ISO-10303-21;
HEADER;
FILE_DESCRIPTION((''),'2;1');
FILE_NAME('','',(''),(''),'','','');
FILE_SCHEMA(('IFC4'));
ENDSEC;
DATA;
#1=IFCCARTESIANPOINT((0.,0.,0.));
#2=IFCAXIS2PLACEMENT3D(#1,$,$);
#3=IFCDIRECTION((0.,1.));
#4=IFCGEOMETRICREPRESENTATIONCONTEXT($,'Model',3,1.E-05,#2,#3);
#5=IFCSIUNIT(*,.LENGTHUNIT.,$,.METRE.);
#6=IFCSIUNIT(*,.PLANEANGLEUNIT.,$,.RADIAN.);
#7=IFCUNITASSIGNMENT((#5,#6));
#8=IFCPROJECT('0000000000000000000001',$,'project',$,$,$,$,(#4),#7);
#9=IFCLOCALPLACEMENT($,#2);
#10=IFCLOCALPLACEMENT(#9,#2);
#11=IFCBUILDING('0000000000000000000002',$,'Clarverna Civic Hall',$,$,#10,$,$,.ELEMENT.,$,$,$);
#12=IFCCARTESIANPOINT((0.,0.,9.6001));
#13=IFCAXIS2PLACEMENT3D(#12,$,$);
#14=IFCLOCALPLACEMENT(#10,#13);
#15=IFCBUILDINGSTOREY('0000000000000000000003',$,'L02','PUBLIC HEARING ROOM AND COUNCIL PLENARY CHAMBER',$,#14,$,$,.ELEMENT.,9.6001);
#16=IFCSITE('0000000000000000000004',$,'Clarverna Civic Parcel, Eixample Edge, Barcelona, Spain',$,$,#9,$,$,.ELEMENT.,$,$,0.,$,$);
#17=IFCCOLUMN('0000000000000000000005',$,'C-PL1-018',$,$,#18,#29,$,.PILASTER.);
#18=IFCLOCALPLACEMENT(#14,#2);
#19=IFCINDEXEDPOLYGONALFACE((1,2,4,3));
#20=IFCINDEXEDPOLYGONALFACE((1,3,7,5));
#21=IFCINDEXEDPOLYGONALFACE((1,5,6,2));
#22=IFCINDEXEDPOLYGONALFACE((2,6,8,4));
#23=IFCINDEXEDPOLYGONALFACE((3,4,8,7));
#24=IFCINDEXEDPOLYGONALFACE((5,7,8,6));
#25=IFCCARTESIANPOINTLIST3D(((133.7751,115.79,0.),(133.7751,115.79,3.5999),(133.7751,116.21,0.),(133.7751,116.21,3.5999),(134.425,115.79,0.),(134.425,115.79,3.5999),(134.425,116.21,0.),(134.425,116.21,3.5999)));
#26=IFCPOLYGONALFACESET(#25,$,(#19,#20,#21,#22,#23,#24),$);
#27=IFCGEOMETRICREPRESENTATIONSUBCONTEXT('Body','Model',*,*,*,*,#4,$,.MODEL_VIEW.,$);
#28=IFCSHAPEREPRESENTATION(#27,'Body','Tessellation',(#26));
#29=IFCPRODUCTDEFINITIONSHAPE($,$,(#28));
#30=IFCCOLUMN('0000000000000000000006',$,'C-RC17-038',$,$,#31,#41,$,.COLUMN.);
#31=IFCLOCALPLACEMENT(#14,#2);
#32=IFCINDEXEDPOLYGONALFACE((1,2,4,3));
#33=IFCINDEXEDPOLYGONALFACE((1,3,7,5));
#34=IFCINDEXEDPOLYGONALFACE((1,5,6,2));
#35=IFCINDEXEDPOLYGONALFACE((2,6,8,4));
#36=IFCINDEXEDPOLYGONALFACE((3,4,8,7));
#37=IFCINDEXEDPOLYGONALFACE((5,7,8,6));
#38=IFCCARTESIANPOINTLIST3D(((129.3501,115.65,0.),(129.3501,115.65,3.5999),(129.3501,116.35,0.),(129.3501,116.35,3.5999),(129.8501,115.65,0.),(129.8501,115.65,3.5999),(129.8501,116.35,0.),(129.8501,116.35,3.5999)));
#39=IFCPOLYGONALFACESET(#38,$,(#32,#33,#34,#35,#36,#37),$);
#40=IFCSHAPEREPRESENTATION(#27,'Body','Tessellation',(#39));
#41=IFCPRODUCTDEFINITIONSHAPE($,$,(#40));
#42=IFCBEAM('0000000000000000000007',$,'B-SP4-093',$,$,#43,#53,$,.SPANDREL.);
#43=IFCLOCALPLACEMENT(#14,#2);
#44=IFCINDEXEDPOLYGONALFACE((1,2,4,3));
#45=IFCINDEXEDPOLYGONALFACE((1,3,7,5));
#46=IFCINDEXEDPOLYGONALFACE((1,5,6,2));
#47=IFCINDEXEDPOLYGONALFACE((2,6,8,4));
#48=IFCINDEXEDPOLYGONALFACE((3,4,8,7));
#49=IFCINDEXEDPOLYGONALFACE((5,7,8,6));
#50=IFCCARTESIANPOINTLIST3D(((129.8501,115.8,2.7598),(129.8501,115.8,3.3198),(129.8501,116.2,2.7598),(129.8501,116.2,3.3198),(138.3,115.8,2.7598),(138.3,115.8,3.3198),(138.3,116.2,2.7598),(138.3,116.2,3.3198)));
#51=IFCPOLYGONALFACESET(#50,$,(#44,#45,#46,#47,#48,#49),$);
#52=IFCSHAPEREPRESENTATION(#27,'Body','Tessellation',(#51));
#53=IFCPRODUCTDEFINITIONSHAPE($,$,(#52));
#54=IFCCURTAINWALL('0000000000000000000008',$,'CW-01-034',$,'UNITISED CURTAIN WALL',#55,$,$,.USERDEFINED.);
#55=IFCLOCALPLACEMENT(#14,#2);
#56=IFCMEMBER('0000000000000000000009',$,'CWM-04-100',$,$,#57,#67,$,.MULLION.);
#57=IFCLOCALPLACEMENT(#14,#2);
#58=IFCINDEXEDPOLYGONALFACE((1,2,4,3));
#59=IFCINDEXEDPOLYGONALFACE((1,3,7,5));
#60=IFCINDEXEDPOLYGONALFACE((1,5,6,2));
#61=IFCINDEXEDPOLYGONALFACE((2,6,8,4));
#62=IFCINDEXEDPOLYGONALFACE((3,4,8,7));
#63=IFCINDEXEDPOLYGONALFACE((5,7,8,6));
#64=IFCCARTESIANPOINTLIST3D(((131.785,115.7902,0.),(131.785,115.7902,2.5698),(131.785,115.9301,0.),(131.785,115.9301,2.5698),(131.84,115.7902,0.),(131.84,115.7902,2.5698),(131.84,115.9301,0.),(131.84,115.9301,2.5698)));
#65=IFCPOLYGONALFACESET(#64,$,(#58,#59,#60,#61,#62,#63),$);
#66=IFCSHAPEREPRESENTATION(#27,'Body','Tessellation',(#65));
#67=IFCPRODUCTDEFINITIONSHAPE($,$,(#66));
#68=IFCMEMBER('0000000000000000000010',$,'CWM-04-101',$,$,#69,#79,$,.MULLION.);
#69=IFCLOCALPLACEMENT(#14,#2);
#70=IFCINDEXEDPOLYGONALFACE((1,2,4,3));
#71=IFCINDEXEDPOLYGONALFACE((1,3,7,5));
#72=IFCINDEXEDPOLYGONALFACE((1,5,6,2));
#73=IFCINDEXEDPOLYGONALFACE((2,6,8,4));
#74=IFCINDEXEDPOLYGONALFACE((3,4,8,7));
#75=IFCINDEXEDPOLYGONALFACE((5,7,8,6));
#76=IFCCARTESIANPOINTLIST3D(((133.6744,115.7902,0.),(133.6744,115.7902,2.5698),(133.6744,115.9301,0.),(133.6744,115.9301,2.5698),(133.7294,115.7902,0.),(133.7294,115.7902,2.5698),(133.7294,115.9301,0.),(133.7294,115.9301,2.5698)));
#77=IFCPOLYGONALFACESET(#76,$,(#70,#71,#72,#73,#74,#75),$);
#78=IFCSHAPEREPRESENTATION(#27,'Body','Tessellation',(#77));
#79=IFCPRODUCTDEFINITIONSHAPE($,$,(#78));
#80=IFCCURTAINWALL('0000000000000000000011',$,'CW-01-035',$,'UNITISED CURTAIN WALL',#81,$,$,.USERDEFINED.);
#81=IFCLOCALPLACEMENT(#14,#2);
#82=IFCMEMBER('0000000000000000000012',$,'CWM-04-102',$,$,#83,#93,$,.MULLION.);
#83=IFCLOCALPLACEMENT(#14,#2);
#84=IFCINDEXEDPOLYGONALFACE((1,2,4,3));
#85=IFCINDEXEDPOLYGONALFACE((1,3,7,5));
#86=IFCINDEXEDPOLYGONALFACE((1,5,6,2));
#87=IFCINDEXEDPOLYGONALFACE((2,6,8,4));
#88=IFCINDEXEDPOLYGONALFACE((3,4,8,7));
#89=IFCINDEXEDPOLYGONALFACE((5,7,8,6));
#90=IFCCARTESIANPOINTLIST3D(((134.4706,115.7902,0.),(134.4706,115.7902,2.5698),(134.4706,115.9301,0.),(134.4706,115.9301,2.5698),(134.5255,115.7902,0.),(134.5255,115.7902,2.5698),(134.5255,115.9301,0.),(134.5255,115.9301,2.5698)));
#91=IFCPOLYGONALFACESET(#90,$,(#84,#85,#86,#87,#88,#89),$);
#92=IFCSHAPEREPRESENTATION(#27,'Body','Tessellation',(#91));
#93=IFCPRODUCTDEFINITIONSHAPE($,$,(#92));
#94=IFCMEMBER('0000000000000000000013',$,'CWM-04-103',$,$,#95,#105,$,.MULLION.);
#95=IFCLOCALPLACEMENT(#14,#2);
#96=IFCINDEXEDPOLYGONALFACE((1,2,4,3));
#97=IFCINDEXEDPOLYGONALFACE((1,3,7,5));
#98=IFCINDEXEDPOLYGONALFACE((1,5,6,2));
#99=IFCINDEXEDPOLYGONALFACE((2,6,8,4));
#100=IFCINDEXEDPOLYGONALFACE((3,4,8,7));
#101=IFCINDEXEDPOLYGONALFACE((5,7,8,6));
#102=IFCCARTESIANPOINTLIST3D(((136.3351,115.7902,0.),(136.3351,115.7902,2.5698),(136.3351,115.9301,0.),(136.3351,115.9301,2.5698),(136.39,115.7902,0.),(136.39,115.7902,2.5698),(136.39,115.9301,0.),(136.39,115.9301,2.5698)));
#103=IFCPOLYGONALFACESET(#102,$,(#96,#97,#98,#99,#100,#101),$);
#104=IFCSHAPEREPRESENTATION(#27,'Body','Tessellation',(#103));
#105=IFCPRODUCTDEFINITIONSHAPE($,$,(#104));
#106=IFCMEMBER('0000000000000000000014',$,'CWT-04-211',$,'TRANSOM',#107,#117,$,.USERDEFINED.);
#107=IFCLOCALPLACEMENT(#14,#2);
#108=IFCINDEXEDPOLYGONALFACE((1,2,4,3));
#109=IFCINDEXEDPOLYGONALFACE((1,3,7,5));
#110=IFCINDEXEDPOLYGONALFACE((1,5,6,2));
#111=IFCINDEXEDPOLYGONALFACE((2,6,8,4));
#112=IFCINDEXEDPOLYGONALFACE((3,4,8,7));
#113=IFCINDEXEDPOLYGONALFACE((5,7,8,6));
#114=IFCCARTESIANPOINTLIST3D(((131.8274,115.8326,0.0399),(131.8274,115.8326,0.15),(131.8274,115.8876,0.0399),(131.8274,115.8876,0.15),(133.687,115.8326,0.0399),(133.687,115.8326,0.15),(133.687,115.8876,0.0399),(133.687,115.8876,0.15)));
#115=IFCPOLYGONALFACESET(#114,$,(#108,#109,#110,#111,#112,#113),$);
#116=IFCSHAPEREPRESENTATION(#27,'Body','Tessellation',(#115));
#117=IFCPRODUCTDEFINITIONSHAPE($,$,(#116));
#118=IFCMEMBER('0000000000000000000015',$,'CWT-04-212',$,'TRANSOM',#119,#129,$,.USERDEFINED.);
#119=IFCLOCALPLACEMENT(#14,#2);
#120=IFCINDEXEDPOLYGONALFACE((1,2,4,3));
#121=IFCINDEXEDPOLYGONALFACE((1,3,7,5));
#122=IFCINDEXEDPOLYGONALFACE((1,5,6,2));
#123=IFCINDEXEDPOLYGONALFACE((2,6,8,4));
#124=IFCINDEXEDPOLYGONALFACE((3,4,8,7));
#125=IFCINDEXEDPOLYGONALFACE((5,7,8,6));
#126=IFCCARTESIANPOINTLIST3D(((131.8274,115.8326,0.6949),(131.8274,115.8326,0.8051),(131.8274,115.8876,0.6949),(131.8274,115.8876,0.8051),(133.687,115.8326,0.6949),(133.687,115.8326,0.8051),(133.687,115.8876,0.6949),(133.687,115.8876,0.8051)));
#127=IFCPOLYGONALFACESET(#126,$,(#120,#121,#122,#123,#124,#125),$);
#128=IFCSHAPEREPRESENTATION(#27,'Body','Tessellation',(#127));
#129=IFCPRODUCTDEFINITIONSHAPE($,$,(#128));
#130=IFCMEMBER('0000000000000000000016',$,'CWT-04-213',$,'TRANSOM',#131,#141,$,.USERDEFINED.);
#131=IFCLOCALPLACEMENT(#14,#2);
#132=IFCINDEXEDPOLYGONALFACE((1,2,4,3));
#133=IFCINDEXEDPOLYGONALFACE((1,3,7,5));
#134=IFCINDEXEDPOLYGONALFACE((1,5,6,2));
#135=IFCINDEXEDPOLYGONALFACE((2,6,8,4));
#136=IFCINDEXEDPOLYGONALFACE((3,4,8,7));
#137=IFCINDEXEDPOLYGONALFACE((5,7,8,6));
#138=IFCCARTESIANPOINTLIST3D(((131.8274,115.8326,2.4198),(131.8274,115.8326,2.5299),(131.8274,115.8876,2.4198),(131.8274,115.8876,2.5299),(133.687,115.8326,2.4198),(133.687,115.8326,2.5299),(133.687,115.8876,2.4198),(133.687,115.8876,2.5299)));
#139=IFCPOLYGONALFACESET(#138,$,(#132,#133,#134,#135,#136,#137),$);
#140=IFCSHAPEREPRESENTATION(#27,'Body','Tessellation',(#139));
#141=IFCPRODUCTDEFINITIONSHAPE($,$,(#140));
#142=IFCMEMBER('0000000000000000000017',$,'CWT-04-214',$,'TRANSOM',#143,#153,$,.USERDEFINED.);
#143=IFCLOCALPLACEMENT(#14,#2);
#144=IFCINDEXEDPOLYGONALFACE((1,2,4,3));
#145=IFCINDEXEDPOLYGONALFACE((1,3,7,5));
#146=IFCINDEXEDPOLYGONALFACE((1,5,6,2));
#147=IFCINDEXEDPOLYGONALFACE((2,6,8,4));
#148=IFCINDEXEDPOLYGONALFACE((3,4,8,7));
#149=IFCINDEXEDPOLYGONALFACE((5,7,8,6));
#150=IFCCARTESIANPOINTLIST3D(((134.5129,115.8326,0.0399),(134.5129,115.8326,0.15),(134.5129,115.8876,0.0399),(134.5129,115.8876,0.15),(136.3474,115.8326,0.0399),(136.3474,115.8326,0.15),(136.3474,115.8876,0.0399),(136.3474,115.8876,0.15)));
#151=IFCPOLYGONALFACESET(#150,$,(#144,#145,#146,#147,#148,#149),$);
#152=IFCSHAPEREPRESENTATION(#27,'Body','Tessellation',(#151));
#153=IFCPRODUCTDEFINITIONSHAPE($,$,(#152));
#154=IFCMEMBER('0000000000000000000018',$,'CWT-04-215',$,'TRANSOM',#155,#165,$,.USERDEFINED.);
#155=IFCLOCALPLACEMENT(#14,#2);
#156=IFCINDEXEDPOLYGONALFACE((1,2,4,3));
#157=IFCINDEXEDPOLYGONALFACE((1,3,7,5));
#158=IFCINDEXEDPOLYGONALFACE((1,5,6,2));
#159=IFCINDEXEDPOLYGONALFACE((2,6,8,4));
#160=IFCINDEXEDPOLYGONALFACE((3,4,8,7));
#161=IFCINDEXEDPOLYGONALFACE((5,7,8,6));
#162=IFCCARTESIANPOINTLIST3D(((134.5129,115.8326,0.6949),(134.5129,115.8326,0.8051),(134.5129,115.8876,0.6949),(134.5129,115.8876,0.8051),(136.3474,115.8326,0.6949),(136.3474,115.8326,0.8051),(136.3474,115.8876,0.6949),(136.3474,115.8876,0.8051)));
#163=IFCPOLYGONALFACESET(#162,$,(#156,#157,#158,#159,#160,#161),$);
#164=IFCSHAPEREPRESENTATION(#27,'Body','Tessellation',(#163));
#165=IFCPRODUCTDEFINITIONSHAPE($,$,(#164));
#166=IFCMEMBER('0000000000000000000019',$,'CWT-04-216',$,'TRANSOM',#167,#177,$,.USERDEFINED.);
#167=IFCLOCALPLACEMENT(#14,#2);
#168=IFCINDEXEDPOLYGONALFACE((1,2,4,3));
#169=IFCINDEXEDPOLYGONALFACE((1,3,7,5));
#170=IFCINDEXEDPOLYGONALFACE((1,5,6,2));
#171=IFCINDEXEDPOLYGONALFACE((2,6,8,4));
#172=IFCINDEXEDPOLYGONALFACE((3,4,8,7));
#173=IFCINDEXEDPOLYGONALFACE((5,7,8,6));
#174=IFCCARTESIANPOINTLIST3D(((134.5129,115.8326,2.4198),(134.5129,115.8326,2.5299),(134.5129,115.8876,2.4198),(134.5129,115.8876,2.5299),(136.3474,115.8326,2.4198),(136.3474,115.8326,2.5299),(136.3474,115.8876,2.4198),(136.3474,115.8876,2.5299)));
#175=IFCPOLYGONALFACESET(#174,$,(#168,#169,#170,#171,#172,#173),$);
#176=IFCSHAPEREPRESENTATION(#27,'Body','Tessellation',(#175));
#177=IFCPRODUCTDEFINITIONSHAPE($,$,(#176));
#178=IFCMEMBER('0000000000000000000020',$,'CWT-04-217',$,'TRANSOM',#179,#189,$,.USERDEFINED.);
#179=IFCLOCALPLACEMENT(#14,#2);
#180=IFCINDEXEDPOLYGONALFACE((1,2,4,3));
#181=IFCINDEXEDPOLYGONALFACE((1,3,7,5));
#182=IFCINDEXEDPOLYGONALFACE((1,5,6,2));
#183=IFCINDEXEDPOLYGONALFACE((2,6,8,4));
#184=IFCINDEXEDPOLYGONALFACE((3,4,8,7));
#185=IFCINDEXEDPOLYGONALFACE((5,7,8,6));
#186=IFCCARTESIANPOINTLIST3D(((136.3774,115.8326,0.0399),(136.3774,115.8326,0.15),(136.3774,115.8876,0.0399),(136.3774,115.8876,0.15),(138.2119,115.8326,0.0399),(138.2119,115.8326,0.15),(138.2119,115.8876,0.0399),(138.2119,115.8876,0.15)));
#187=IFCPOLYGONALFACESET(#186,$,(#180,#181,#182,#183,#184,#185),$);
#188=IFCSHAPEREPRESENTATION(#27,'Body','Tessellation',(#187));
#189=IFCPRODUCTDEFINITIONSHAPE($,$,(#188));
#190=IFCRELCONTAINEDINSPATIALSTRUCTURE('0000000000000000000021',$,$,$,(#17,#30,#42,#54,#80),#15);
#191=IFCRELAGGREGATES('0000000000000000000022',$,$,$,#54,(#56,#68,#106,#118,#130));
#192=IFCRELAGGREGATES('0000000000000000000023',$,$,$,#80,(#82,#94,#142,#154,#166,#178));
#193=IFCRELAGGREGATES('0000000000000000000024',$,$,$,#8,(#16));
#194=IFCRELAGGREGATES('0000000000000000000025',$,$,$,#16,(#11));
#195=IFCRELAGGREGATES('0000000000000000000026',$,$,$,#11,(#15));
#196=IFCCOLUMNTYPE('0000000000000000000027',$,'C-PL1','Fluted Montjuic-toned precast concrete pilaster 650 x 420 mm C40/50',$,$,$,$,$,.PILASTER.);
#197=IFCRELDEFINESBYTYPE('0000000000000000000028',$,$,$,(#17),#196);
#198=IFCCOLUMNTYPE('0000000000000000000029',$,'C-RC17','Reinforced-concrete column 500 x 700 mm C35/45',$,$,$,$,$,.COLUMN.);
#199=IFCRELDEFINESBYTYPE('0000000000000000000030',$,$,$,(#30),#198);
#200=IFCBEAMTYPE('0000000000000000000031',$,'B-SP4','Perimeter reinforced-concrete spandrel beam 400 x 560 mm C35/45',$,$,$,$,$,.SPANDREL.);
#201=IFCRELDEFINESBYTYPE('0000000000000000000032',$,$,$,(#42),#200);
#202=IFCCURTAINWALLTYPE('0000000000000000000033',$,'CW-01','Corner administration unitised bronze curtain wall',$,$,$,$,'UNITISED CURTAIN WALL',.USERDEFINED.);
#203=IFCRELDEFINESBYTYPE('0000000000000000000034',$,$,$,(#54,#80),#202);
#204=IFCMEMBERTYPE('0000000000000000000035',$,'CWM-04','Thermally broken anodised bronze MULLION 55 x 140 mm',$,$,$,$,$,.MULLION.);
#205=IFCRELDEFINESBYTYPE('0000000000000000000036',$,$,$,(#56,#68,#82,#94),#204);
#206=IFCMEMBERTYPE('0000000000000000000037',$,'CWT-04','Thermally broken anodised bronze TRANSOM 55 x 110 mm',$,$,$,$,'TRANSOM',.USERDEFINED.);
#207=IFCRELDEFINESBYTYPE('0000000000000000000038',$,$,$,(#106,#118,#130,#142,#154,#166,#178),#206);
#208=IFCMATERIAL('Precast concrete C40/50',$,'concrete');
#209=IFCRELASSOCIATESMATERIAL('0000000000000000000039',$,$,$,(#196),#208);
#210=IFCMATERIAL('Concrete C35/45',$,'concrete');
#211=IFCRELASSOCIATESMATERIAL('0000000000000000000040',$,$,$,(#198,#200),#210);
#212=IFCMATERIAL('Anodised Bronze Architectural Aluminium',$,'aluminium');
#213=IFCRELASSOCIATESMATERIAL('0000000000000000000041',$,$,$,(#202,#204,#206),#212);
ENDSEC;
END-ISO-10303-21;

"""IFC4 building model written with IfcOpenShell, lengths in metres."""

from ifc_helpers import new_model, si_unit, direction, frame, origin, origin_2d, place, context, subcontext, project, spatial, rectangle, extrude, material, material_profile, profile_set, type_object, element, aggregate, save


model = new_model("IFC4")

# Units and contexts
model_context = context("Model", 3, precision=1e-05, world=origin(), true_north=direction((0.0, 1.0)))
body_context = subcontext(model_context, "Body", "Model", "MODEL_VIEW")
ifc_project = project(units=[si_unit("LENGTHUNIT", "METRE"), si_unit("PLANEANGLEUNIT", "RADIAN")], contexts=[model_context])

# Site, building, storey
site_placement = place(None, origin())
site = spatial("IfcSite", under=ifc_project, at=site_placement, Name="Clarverna Civic Parcel, Eixample Edge, Barcelona, Spain", CompositionType="ELEMENT", RefElevation=0.0)
building_placement = place(site_placement, origin())
building = spatial("IfcBuilding", under=site, at=building_placement, Name="Clarverna Civic Hall", CompositionType="ELEMENT")
storey_placement = place(building_placement, frame((0.0, 0.0, 9.6001)))
storey = spatial("IfcBuildingStorey", under=building, at=storey_placement, Name="L02", Description="PUBLIC HEARING ROOM AND COUNCIL PLENARY CHAMBER", CompositionType="ELEMENT", Elevation=9.6001)

# Columns
ifc_material_1 = material(Name="Precast concrete C40/50", Category="concrete")
ifc_material_profile_1 = material_profile(ifc_material_1, rectangle(XDim=0.6499, YDim=0.4199, at=origin_2d()), Name="PILASTER 650x420")
ifc_profile_set_1 = profile_set([ifc_material_profile_1], Name="Precast concrete C40/50")
column_type_1 = type_object("IfcColumnType", Name="C-PL1", Description="Fluted Montjuic-toned precast concrete pilaster 650 x 420 mm C40/50", PredefinedType="PILASTER", material=ifc_profile_set_1)
column_1_placement = place(storey_placement, frame((134.1001, 116.0, 0.0), z_axis=(0.0, 0.0, 1.0), x_axis=(1.0, 0.0, 0.0)))
element("IfcColumn", 1, at=column_1_placement, inside=storey, type_object=column_type_1, Name="C-PL1-018", PredefinedType="PILASTER", context=body_context, shape_type="SweptSolid", body=[
    extrude(rectangle(XDim=0.6499, YDim=0.4199, at=origin_2d()), origin(), (0.0, 0.0, 1.0), 3.5999),
])
ifc_material_2 = material(Name="Concrete C35/45", Category="concrete")
ifc_material_profile_2 = material_profile(ifc_material_2, rectangle(XDim=0.5, YDim=0.7, at=origin_2d()), Name="RC 500x700")
ifc_profile_set_2 = profile_set([ifc_material_profile_2], Name="Concrete C35/45")
column_type_2 = type_object("IfcColumnType", Name="C-RC17", Description="Reinforced-concrete column 500 x 700 mm C35/45", PredefinedType="COLUMN", material=ifc_profile_set_2)
column_2_placement = place(storey_placement, frame((129.6001, 116.0, 0.0), z_axis=(0.0, 0.0, 1.0), x_axis=(1.0, 0.0, 0.0)))
element("IfcColumn", 2, at=column_2_placement, inside=storey, type_object=column_type_2, Name="C-RC17-038", PredefinedType="COLUMN", context=body_context, shape_type="SweptSolid", body=[
    extrude(rectangle(XDim=0.5, YDim=0.7, at=origin_2d()), origin(), (0.0, 0.0, 1.0), 3.5999),
])

# Beam
ifc_material_profile_3 = material_profile(ifc_material_2, rectangle(XDim=0.3999, YDim=0.5601, at=origin_2d()), Name="RC 400x560")
ifc_profile_set_3 = profile_set([ifc_material_profile_3], Name="Concrete C35/45")
beam_type = type_object("IfcBeamType", Name="B-SP4", Description="Perimeter reinforced-concrete spandrel beam 400 x 560 mm C35/45", PredefinedType="SPANDREL", material=ifc_profile_set_3)
beam_placement = place(storey_placement, frame((129.8501, 116.0, 3.0398), z_axis=(1.0, 0.0, 0.0), x_axis=(0.0, 1.0, 0.0)))
element("IfcBeam", 3, at=beam_placement, inside=storey, type_object=beam_type, Name="B-SP4-093", PredefinedType="SPANDREL", context=body_context, shape_type="SweptSolid", body=[
    extrude(rectangle(XDim=0.3999, YDim=0.5601, at=origin_2d()), origin(), (0.0, 0.0, 1.0), 8.45),
])

# Curtain walls, members
ifc_material_3 = material(Name="Anodised Bronze Architectural Aluminium", Category="aluminium")
curtain_wall_type = type_object("IfcCurtainWallType", Name="CW-01", Description="Corner administration unitised bronze curtain wall", ElementType="UNITISED CURTAIN WALL", PredefinedType="USERDEFINED", material=ifc_material_3)
curtain_wall_1_placement = place(storey_placement, origin())
curtain_wall_1 = element("IfcCurtainWall", 4, at=curtain_wall_1_placement, inside=storey, type_object=curtain_wall_type, Name="CW-01-034", ObjectType="UNITISED CURTAIN WALL", PredefinedType="USERDEFINED")
ifc_material_profile_4 = material_profile(ifc_material_3, rectangle(XDim=0.0549, YDim=0.1399, at=origin_2d()), Name="BRONZE 55x140")
ifc_profile_set_4 = profile_set([ifc_material_profile_4], Name="Anodised Bronze Architectural Aluminium")
member_type_1 = type_object("IfcMemberType", Name="CWM-04", Description="Thermally broken anodised bronze MULLION 55 x 140 mm", PredefinedType="MULLION", material=ifc_profile_set_4)
member_1_placement = place(storey_placement, frame((131.8125, 115.8601, 0.0), z_axis=(0.0, 0.0, 1.0), x_axis=(1.0, 0.0, 0.0)))
member_1 = element("IfcMember", 5, at=member_1_placement, type_object=member_type_1, Name="CWM-04-100", PredefinedType="MULLION", context=body_context, shape_type="SweptSolid", body=[
    extrude(rectangle(XDim=0.0549, YDim=0.1399, at=origin_2d()), origin(), (0.0, 0.0, 1.0), 2.5698),
])
member_2_placement = place(storey_placement, frame((133.7019, 115.8601, 0.0), z_axis=(0.0, 0.0, 1.0), x_axis=(1.0, 0.0, 0.0)))
member_2 = element("IfcMember", 6, at=member_2_placement, type_object=member_type_1, Name="CWM-04-101", PredefinedType="MULLION", context=body_context, shape_type="SweptSolid", body=[
    extrude(rectangle(XDim=0.0549, YDim=0.1399, at=origin_2d()), origin(), (0.0, 0.0, 1.0), 2.5698),
])
curtain_wall_2_placement = place(storey_placement, origin())
curtain_wall_2 = element("IfcCurtainWall", 7, at=curtain_wall_2_placement, inside=storey, type_object=curtain_wall_type, Name="CW-01-035", ObjectType="UNITISED CURTAIN WALL", PredefinedType="USERDEFINED")
member_3_placement = place(storey_placement, frame((134.498, 115.8601, 0.0), z_axis=(0.0, 0.0, 1.0), x_axis=(1.0, 0.0, 0.0)))
member_3 = element("IfcMember", 8, at=member_3_placement, type_object=member_type_1, Name="CWM-04-102", PredefinedType="MULLION", context=body_context, shape_type="SweptSolid", body=[
    extrude(rectangle(XDim=0.0549, YDim=0.1399, at=origin_2d()), origin(), (0.0, 0.0, 1.0), 2.5698),
])
member_4_placement = place(storey_placement, frame((136.3625, 115.8601, 0.0), z_axis=(0.0, 0.0, 1.0), x_axis=(1.0, 0.0, 0.0)))
member_4 = element("IfcMember", 9, at=member_4_placement, type_object=member_type_1, Name="CWM-04-103", PredefinedType="MULLION", context=body_context, shape_type="SweptSolid", body=[
    extrude(rectangle(XDim=0.0549, YDim=0.1399, at=origin_2d()), origin(), (0.0, 0.0, 1.0), 2.5698),
])

# Members
ifc_material_profile_5 = material_profile(ifc_material_3, rectangle(XDim=0.0549, YDim=0.1101, at=origin_2d()), Name="BRONZE 55x110")
ifc_profile_set_5 = profile_set([ifc_material_profile_5], Name="Anodised Bronze Architectural Aluminium")
member_type_2 = type_object("IfcMemberType", Name="CWT-04", Description="Thermally broken anodised bronze TRANSOM 55 x 110 mm", ElementType="TRANSOM", PredefinedType="USERDEFINED", material=ifc_profile_set_5)
member_5_placement = place(storey_placement, frame((131.8274, 115.8601, 0.095), z_axis=(1.0, 0.0, 0.0), x_axis=(0.0, 1.0, 0.0)))
member_5 = element("IfcMember", 10, at=member_5_placement, type_object=member_type_2, Name="CWT-04-211", ObjectType="TRANSOM", PredefinedType="USERDEFINED", context=body_context, shape_type="SweptSolid", body=[
    extrude(rectangle(XDim=0.0549, YDim=0.1101, at=origin_2d()), origin(), (0.0, 0.0, 1.0), 1.8596),
])
member_6_placement = place(storey_placement, frame((131.8274, 115.8601, 0.75), z_axis=(1.0, 0.0, 0.0), x_axis=(0.0, 1.0, 0.0)))
member_6 = element("IfcMember", 11, at=member_6_placement, type_object=member_type_2, Name="CWT-04-212", ObjectType="TRANSOM", PredefinedType="USERDEFINED", context=body_context, shape_type="SweptSolid", body=[
    extrude(rectangle(XDim=0.0549, YDim=0.1101, at=origin_2d()), origin(), (0.0, 0.0, 1.0), 1.8596),
])
member_7_placement = place(storey_placement, frame((131.8274, 115.8601, 2.4749), z_axis=(1.0, 0.0, 0.0), x_axis=(0.0, 1.0, 0.0)))
member_7 = element("IfcMember", 12, at=member_7_placement, type_object=member_type_2, Name="CWT-04-213", ObjectType="TRANSOM", PredefinedType="USERDEFINED", context=body_context, shape_type="SweptSolid", body=[
    extrude(rectangle(XDim=0.0549, YDim=0.1101, at=origin_2d()), origin(), (0.0, 0.0, 1.0), 1.8596),
])
member_8_placement = place(storey_placement, frame((134.5129, 115.8601, 0.095), z_axis=(1.0, 0.0, 0.0), x_axis=(0.0, 1.0, 0.0)))
member_8 = element("IfcMember", 13, at=member_8_placement, type_object=member_type_2, Name="CWT-04-214", ObjectType="TRANSOM", PredefinedType="USERDEFINED", context=body_context, shape_type="SweptSolid", body=[
    extrude(rectangle(XDim=0.0549, YDim=0.1101, at=origin_2d()), origin(), (0.0, 0.0, 1.0), 1.8345),
])
member_9_placement = place(storey_placement, frame((134.5129, 115.8601, 0.75), z_axis=(1.0, 0.0, 0.0), x_axis=(0.0, 1.0, 0.0)))
member_9 = element("IfcMember", 14, at=member_9_placement, type_object=member_type_2, Name="CWT-04-215", ObjectType="TRANSOM", PredefinedType="USERDEFINED", context=body_context, shape_type="SweptSolid", body=[
    extrude(rectangle(XDim=0.0549, YDim=0.1101, at=origin_2d()), origin(), (0.0, 0.0, 1.0), 1.8345),
])
member_10_placement = place(storey_placement, frame((134.5129, 115.8601, 2.4749), z_axis=(1.0, 0.0, 0.0), x_axis=(0.0, 1.0, 0.0)))
member_10 = element("IfcMember", 15, at=member_10_placement, type_object=member_type_2, Name="CWT-04-216", ObjectType="TRANSOM", PredefinedType="USERDEFINED", context=body_context, shape_type="SweptSolid", body=[
    extrude(rectangle(XDim=0.0549, YDim=0.1101, at=origin_2d()), origin(), (0.0, 0.0, 1.0), 1.8345),
])
member_11_placement = place(storey_placement, frame((136.3774, 115.8601, 0.095), z_axis=(1.0, 0.0, 0.0), x_axis=(0.0, 1.0, 0.0)))
member_11 = element("IfcMember", 16, at=member_11_placement, type_object=member_type_2, Name="CWT-04-217", ObjectType="TRANSOM", PredefinedType="USERDEFINED", context=body_context, shape_type="SweptSolid", body=[
    extrude(rectangle(XDim=0.0549, YDim=0.1101, at=origin_2d()), origin(), (0.0, 0.0, 1.0), 1.8345),
])

aggregate(curtain_wall_1, [member_1, member_2, member_5, member_6, member_7])
aggregate(curtain_wall_2, [member_3, member_4, member_8, member_9, member_10, member_11])

save(model, "model.ifc")
